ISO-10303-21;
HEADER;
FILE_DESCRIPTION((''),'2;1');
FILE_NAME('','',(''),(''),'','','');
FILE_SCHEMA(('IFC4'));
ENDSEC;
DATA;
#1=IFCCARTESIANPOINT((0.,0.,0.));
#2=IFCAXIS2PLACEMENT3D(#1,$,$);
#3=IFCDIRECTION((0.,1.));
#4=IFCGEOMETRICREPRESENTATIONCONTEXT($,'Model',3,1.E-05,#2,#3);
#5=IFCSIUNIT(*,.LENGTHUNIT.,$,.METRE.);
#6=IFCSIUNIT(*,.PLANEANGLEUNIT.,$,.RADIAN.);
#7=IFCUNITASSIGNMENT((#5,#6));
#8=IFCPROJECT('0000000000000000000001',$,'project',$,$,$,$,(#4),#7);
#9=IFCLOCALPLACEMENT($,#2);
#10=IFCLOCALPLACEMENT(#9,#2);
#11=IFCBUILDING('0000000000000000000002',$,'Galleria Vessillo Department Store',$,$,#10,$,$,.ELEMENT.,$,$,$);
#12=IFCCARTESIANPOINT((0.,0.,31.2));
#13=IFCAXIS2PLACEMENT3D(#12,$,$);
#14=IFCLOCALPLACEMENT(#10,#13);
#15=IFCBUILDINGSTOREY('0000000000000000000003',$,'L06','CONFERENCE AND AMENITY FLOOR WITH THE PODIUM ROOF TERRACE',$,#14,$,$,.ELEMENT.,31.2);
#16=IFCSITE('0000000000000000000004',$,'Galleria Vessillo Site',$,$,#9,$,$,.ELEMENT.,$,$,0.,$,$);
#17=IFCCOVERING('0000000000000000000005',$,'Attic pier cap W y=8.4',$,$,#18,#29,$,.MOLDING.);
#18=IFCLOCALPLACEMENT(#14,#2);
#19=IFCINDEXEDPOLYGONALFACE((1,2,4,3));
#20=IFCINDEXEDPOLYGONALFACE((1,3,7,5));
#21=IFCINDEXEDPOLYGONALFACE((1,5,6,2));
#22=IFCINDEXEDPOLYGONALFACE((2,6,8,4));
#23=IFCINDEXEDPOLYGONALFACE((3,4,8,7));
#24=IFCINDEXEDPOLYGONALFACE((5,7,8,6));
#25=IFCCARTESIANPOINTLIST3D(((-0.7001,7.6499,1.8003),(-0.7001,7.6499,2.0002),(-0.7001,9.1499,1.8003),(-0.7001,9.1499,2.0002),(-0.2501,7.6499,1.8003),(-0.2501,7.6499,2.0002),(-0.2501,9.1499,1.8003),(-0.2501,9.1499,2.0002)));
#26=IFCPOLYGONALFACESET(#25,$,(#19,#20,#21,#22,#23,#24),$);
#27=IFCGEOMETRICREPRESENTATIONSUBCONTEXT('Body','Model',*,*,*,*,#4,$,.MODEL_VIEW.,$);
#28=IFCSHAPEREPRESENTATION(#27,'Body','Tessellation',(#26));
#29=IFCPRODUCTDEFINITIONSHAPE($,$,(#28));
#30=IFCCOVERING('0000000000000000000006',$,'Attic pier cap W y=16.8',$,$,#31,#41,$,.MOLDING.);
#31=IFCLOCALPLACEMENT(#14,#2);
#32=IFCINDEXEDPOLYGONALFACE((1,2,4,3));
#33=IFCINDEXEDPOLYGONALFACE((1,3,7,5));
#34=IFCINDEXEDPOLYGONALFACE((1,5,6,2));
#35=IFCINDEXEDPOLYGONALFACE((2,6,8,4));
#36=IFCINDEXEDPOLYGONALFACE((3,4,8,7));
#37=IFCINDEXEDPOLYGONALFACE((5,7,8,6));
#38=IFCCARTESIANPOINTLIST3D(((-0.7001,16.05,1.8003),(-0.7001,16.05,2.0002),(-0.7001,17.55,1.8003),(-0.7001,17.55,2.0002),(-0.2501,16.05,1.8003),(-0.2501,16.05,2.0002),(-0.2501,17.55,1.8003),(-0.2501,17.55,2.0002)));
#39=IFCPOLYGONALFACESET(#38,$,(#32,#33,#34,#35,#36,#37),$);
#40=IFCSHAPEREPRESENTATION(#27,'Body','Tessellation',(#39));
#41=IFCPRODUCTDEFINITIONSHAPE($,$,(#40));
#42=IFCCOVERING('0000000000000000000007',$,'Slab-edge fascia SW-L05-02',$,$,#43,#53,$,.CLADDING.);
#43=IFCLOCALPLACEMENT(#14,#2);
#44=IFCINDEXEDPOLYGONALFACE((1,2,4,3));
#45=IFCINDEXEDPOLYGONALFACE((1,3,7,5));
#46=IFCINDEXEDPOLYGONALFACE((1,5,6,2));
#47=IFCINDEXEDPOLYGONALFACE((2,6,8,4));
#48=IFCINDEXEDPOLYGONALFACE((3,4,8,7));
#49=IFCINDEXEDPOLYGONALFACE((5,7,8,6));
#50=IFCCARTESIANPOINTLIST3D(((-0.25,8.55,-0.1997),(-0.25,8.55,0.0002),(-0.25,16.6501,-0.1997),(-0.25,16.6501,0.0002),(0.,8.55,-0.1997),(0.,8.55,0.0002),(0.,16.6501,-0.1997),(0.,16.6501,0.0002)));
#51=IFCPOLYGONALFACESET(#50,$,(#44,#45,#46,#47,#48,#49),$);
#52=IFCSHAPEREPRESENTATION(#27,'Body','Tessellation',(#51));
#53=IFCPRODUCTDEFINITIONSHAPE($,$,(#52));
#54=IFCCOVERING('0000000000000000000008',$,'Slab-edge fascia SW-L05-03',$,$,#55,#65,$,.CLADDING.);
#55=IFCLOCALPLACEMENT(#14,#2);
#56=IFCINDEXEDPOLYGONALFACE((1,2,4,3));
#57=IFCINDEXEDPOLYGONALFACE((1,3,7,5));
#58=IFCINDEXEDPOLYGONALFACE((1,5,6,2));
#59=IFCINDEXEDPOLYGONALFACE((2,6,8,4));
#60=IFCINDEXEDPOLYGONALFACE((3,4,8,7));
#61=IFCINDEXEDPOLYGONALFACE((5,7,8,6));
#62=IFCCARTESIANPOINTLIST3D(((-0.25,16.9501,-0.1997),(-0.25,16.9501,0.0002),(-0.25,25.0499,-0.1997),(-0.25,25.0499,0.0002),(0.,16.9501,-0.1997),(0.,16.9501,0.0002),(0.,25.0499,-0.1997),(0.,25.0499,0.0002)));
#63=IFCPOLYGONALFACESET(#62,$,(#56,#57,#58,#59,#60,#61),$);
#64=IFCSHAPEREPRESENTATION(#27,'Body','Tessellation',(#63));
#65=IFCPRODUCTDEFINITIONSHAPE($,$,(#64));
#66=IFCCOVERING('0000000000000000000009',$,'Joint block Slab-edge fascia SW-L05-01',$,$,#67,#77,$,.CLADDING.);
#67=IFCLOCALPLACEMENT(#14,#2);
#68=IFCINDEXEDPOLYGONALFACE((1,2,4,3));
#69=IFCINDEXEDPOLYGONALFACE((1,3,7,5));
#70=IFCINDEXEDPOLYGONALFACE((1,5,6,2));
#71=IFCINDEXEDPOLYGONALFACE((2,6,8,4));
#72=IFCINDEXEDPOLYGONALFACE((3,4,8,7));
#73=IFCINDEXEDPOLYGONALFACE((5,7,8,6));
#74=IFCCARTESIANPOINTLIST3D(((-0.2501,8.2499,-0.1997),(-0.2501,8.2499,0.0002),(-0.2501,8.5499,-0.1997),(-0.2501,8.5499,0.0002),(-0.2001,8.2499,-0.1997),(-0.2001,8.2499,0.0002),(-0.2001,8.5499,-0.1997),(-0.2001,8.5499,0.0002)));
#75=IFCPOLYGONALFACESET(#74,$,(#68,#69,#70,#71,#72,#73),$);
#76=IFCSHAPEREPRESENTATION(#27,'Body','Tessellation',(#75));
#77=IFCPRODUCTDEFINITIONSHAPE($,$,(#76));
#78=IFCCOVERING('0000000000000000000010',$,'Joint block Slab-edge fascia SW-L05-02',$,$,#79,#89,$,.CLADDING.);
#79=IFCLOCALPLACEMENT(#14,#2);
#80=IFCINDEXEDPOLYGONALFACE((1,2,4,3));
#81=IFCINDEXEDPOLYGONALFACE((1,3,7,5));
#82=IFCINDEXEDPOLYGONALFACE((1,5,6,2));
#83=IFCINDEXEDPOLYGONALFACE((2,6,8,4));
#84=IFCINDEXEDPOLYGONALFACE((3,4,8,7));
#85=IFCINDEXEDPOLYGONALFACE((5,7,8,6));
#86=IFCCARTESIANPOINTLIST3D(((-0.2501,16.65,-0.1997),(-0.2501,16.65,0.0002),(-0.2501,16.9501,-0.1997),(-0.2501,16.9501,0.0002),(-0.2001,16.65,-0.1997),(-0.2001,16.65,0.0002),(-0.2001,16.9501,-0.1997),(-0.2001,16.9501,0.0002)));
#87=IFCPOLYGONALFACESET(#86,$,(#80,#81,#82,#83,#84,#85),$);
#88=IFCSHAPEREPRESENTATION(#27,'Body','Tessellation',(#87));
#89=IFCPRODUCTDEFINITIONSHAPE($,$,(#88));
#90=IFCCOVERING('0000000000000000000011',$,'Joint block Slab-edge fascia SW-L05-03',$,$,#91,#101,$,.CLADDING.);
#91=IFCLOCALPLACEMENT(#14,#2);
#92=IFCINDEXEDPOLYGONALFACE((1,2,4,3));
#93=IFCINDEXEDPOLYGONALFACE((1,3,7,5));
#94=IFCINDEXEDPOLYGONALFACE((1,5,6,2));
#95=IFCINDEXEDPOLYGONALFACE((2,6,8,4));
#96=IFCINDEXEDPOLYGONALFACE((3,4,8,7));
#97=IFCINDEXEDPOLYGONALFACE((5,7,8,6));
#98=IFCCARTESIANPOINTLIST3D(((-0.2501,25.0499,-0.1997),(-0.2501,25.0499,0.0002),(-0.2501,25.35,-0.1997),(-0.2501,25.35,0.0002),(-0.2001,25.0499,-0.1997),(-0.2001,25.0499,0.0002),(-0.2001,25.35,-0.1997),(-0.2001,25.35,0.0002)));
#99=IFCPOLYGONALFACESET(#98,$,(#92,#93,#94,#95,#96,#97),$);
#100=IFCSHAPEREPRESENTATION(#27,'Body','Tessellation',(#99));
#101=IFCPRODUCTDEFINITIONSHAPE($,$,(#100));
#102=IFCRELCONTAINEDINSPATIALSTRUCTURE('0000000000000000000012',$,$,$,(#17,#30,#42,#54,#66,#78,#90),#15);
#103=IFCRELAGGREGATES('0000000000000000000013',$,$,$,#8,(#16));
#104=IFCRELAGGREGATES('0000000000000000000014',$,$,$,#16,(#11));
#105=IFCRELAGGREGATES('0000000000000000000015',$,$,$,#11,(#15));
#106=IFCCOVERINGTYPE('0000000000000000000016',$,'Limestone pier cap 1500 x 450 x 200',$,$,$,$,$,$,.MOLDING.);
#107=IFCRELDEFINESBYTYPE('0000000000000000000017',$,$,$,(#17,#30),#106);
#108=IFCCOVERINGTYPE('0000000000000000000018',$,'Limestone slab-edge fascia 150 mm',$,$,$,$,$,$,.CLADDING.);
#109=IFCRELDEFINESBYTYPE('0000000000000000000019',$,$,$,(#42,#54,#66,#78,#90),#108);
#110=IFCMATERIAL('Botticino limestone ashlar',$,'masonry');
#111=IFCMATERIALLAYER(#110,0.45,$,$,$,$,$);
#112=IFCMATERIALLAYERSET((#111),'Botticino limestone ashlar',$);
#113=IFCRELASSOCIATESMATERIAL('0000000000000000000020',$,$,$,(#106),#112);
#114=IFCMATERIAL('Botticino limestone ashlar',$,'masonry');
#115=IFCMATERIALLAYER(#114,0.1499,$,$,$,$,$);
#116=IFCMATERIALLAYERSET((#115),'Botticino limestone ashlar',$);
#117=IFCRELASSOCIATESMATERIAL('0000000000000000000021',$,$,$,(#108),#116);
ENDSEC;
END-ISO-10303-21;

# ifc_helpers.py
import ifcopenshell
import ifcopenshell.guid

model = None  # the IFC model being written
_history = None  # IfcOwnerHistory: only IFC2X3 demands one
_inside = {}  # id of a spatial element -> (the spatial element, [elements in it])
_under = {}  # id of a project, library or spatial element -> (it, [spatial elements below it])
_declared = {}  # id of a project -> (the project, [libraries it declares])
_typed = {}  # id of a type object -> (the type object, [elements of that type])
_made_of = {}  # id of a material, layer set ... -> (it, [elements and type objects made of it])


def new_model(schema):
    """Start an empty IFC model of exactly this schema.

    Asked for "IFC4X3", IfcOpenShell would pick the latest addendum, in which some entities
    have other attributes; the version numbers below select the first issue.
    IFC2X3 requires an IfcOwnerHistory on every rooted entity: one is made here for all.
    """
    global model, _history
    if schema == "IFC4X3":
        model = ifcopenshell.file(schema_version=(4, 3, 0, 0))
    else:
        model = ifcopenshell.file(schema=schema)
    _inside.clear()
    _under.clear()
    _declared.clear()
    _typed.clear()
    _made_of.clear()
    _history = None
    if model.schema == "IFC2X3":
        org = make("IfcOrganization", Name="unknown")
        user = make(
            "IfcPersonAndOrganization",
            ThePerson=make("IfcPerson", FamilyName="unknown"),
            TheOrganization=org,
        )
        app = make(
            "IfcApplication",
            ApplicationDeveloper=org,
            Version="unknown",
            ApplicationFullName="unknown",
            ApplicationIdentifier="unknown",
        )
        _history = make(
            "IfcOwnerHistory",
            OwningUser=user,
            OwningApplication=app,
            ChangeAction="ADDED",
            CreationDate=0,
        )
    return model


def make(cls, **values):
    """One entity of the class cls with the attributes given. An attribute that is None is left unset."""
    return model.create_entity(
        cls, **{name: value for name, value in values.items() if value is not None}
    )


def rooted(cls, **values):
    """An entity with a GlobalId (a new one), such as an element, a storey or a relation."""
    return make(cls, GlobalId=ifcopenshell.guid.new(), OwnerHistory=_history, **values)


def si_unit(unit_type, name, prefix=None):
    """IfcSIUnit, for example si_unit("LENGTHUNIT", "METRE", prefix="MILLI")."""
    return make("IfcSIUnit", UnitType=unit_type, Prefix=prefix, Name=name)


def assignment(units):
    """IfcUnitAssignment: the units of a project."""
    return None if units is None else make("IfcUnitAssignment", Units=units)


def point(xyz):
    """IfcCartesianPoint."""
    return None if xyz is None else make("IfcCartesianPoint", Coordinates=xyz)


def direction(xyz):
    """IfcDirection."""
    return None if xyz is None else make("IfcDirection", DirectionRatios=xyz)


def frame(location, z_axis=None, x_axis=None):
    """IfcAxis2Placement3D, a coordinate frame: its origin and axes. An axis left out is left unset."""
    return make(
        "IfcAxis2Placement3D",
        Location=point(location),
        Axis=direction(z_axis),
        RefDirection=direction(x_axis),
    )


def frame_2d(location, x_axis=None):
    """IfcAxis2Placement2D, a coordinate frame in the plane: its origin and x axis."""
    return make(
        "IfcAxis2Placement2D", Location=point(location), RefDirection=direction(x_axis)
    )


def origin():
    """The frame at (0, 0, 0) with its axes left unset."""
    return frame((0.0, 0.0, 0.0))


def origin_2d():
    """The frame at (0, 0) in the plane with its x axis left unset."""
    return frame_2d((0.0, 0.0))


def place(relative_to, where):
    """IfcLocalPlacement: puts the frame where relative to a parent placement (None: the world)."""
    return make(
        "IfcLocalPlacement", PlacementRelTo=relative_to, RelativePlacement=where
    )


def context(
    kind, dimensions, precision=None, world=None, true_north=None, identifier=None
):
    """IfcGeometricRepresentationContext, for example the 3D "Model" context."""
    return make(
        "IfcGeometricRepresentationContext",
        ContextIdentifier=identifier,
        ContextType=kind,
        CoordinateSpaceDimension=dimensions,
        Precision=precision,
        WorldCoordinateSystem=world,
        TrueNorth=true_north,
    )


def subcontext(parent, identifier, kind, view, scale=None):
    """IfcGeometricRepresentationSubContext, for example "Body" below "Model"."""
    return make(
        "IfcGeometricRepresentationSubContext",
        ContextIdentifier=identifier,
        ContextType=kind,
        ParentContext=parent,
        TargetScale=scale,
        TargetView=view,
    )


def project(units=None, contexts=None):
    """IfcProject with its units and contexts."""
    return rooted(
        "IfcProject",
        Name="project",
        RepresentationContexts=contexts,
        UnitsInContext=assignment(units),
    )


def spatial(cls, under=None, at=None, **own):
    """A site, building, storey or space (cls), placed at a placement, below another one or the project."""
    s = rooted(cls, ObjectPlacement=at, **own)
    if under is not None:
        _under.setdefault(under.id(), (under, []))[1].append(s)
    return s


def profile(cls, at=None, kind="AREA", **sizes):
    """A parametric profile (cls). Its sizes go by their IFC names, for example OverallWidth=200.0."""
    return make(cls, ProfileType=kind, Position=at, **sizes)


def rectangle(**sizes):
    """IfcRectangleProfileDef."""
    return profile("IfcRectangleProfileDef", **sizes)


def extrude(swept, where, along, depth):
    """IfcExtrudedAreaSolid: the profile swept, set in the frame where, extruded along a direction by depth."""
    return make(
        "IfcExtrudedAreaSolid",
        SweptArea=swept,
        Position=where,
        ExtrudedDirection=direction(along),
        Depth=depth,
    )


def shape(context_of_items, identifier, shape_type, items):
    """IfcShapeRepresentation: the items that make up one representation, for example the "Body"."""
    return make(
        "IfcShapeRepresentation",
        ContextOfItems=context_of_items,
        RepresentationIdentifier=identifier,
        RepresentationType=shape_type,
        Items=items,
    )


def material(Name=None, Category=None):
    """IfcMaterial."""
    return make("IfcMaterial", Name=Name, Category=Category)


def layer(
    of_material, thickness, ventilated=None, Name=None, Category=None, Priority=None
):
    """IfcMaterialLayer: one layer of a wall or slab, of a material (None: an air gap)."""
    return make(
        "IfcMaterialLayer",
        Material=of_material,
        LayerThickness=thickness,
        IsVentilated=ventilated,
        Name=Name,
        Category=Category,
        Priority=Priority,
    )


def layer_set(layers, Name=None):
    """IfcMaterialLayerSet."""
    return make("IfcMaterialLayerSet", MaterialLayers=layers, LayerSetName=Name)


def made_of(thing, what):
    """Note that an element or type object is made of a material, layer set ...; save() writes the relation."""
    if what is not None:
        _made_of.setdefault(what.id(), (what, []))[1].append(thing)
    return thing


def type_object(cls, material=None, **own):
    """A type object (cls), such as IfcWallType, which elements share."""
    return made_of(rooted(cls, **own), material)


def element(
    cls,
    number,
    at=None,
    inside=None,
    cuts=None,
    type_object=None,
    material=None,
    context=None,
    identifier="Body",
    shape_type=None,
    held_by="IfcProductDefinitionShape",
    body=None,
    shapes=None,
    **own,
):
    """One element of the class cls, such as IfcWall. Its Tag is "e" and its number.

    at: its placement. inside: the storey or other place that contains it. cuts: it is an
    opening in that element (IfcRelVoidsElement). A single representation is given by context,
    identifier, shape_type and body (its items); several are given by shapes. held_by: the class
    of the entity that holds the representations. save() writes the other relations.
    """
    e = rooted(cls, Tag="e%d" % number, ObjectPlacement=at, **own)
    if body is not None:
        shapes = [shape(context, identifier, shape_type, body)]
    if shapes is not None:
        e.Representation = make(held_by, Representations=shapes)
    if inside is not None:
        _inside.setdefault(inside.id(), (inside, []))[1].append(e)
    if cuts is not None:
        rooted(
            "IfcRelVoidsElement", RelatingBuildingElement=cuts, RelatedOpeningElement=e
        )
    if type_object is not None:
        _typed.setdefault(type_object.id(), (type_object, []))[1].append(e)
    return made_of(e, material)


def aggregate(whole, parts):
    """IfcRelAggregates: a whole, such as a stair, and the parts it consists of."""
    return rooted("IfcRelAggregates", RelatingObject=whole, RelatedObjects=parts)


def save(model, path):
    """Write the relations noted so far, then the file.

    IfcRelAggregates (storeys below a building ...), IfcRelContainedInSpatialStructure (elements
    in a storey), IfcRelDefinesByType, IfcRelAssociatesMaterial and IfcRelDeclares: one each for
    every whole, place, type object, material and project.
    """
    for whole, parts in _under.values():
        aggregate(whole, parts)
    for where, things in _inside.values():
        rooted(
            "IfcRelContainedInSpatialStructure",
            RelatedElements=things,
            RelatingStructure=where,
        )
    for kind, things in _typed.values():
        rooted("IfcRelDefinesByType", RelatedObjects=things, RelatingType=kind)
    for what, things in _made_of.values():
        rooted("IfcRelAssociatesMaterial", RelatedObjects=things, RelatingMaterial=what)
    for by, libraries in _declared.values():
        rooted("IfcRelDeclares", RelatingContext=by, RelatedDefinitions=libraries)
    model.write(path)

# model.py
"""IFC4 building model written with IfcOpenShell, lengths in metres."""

from ifc_helpers import new_model, si_unit, direction, frame, origin, origin_2d, place, context, subcontext, project, spatial, rectangle, extrude, material, layer, layer_set, type_object, element, save


model = new_model("IFC4")

# Units and contexts
model_context = context("Model", 3, precision=1e-05, world=origin(), true_north=direction((0.0, 1.0)))
body_context = subcontext(model_context, "Body", "Model", "MODEL_VIEW")
ifc_project = project(units=[si_unit("LENGTHUNIT", "METRE"), si_unit("PLANEANGLEUNIT", "RADIAN")], contexts=[model_context])

# Site, building, storey
site_placement = place(None, origin())
site = spatial("IfcSite", under=ifc_project, at=site_placement, Name="Galleria Vessillo Site", CompositionType="ELEMENT", RefElevation=0.0)
building_placement = place(site_placement, origin())
building = spatial("IfcBuilding", under=site, at=building_placement, Name="Galleria Vessillo Department Store", CompositionType="ELEMENT")
storey_placement = place(building_placement, frame((0.0, 0.0, 31.2)))
storey = spatial("IfcBuildingStorey", under=building, at=storey_placement, Name="L06", Description="CONFERENCE AND AMENITY FLOOR WITH THE PODIUM ROOF TERRACE", CompositionType="ELEMENT", Elevation=31.2)

# Coverings
ifc_material_1 = material(Name="Botticino limestone ashlar", Category="masonry")
ifc_layer_1 = layer(ifc_material_1, 0.45)
ifc_layer_set_1 = layer_set([ifc_layer_1], Name="Botticino limestone ashlar")
covering_type_1 = type_object("IfcCoveringType", Name="Limestone pier cap 1500 x 450 x 200", PredefinedType="MOLDING", material=ifc_layer_set_1)
for number, where, z_axis, x_axis, name in (
    (1, (-0.4751, 8.3999, 1.8003), (0.0, 0.0, 1.0), (1.0, 0.0, 0.0), "Attic pier cap W y=8.4"),
    (2, (-0.4751, 16.8, 1.8003), (0.0, 0.0, 1.0), (1.0, 0.0, 0.0), "Attic pier cap W y=16.8"),
):
    element("IfcCovering", number, at=place(storey_placement, frame(where, z_axis=z_axis, x_axis=x_axis)), inside=storey, type_object=covering_type_1, Name=name, PredefinedType="MOLDING", context=body_context, shape_type="SweptSolid", body=[
        extrude(rectangle(XDim=0.45, YDim=1.5, at=origin_2d()), origin(), (0.0, 0.0, 1.0), 0.2),
    ])
ifc_material_2 = material(Name="Botticino limestone ashlar", Category="masonry")
ifc_layer_2 = layer(ifc_material_2, 0.1499)
ifc_layer_set_2 = layer_set([ifc_layer_2], Name="Botticino limestone ashlar")
covering_type_2 = type_object("IfcCoveringType", Name="Limestone slab-edge fascia 150 mm", PredefinedType="CLADDING", material=ifc_layer_set_2)
covering_1_placement = place(storey_placement, frame((-0.125, 12.6001, -0.1997), z_axis=(0.0, 0.0, 1.0), x_axis=(1.0, 0.0, 0.0)))
element("IfcCovering", 3, at=covering_1_placement, inside=storey, type_object=covering_type_2, Name="Slab-edge fascia SW-L05-02", PredefinedType="CLADDING", context=body_context, shape_type="SweptSolid", body=[
    extrude(rectangle(XDim=0.25, YDim=8.1001, at=origin_2d()), origin(), (0.0, 0.0, 1.0), 0.2),
])
covering_2_placement = place(storey_placement, frame((-0.125, 21.0, -0.1997), z_axis=(0.0, 0.0, 1.0), x_axis=(1.0, 0.0, 0.0)))
element("IfcCovering", 4, at=covering_2_placement, inside=storey, type_object=covering_type_2, Name="Slab-edge fascia SW-L05-03", PredefinedType="CLADDING", context=body_context, shape_type="SweptSolid", body=[
    extrude(rectangle(XDim=0.25, YDim=8.0999, at=origin_2d()), origin(), (0.0, 0.0, 1.0), 0.2),
])
for number, where, z_axis, x_axis, name in (
    (5, (-0.2251, 8.3999, -0.1997), (0.0, 0.0, 1.0), (1.0, 0.0, 0.0), "Joint block Slab-edge fascia SW-L05-01"),
    (6, (-0.2251, 16.8, -0.1997), (0.0, 0.0, 1.0), (1.0, 0.0, 0.0), "Joint block Slab-edge fascia SW-L05-02"),
    (7, (-0.2251, 25.2, -0.1997), (0.0, 0.0, 1.0), (1.0, 0.0, 0.0), "Joint block Slab-edge fascia SW-L05-03"),
):
    element("IfcCovering", number, at=place(storey_placement, frame(where, z_axis=z_axis, x_axis=x_axis)), inside=storey, type_object=covering_type_2, Name=name, PredefinedType="CLADDING", context=body_context, shape_type="SweptSolid", body=[
        extrude(rectangle(XDim=0.05, YDim=0.3, at=origin_2d()), origin(), (0.0, 0.0, 1.0), 0.2),
    ])

save(model, "model.ifc")
